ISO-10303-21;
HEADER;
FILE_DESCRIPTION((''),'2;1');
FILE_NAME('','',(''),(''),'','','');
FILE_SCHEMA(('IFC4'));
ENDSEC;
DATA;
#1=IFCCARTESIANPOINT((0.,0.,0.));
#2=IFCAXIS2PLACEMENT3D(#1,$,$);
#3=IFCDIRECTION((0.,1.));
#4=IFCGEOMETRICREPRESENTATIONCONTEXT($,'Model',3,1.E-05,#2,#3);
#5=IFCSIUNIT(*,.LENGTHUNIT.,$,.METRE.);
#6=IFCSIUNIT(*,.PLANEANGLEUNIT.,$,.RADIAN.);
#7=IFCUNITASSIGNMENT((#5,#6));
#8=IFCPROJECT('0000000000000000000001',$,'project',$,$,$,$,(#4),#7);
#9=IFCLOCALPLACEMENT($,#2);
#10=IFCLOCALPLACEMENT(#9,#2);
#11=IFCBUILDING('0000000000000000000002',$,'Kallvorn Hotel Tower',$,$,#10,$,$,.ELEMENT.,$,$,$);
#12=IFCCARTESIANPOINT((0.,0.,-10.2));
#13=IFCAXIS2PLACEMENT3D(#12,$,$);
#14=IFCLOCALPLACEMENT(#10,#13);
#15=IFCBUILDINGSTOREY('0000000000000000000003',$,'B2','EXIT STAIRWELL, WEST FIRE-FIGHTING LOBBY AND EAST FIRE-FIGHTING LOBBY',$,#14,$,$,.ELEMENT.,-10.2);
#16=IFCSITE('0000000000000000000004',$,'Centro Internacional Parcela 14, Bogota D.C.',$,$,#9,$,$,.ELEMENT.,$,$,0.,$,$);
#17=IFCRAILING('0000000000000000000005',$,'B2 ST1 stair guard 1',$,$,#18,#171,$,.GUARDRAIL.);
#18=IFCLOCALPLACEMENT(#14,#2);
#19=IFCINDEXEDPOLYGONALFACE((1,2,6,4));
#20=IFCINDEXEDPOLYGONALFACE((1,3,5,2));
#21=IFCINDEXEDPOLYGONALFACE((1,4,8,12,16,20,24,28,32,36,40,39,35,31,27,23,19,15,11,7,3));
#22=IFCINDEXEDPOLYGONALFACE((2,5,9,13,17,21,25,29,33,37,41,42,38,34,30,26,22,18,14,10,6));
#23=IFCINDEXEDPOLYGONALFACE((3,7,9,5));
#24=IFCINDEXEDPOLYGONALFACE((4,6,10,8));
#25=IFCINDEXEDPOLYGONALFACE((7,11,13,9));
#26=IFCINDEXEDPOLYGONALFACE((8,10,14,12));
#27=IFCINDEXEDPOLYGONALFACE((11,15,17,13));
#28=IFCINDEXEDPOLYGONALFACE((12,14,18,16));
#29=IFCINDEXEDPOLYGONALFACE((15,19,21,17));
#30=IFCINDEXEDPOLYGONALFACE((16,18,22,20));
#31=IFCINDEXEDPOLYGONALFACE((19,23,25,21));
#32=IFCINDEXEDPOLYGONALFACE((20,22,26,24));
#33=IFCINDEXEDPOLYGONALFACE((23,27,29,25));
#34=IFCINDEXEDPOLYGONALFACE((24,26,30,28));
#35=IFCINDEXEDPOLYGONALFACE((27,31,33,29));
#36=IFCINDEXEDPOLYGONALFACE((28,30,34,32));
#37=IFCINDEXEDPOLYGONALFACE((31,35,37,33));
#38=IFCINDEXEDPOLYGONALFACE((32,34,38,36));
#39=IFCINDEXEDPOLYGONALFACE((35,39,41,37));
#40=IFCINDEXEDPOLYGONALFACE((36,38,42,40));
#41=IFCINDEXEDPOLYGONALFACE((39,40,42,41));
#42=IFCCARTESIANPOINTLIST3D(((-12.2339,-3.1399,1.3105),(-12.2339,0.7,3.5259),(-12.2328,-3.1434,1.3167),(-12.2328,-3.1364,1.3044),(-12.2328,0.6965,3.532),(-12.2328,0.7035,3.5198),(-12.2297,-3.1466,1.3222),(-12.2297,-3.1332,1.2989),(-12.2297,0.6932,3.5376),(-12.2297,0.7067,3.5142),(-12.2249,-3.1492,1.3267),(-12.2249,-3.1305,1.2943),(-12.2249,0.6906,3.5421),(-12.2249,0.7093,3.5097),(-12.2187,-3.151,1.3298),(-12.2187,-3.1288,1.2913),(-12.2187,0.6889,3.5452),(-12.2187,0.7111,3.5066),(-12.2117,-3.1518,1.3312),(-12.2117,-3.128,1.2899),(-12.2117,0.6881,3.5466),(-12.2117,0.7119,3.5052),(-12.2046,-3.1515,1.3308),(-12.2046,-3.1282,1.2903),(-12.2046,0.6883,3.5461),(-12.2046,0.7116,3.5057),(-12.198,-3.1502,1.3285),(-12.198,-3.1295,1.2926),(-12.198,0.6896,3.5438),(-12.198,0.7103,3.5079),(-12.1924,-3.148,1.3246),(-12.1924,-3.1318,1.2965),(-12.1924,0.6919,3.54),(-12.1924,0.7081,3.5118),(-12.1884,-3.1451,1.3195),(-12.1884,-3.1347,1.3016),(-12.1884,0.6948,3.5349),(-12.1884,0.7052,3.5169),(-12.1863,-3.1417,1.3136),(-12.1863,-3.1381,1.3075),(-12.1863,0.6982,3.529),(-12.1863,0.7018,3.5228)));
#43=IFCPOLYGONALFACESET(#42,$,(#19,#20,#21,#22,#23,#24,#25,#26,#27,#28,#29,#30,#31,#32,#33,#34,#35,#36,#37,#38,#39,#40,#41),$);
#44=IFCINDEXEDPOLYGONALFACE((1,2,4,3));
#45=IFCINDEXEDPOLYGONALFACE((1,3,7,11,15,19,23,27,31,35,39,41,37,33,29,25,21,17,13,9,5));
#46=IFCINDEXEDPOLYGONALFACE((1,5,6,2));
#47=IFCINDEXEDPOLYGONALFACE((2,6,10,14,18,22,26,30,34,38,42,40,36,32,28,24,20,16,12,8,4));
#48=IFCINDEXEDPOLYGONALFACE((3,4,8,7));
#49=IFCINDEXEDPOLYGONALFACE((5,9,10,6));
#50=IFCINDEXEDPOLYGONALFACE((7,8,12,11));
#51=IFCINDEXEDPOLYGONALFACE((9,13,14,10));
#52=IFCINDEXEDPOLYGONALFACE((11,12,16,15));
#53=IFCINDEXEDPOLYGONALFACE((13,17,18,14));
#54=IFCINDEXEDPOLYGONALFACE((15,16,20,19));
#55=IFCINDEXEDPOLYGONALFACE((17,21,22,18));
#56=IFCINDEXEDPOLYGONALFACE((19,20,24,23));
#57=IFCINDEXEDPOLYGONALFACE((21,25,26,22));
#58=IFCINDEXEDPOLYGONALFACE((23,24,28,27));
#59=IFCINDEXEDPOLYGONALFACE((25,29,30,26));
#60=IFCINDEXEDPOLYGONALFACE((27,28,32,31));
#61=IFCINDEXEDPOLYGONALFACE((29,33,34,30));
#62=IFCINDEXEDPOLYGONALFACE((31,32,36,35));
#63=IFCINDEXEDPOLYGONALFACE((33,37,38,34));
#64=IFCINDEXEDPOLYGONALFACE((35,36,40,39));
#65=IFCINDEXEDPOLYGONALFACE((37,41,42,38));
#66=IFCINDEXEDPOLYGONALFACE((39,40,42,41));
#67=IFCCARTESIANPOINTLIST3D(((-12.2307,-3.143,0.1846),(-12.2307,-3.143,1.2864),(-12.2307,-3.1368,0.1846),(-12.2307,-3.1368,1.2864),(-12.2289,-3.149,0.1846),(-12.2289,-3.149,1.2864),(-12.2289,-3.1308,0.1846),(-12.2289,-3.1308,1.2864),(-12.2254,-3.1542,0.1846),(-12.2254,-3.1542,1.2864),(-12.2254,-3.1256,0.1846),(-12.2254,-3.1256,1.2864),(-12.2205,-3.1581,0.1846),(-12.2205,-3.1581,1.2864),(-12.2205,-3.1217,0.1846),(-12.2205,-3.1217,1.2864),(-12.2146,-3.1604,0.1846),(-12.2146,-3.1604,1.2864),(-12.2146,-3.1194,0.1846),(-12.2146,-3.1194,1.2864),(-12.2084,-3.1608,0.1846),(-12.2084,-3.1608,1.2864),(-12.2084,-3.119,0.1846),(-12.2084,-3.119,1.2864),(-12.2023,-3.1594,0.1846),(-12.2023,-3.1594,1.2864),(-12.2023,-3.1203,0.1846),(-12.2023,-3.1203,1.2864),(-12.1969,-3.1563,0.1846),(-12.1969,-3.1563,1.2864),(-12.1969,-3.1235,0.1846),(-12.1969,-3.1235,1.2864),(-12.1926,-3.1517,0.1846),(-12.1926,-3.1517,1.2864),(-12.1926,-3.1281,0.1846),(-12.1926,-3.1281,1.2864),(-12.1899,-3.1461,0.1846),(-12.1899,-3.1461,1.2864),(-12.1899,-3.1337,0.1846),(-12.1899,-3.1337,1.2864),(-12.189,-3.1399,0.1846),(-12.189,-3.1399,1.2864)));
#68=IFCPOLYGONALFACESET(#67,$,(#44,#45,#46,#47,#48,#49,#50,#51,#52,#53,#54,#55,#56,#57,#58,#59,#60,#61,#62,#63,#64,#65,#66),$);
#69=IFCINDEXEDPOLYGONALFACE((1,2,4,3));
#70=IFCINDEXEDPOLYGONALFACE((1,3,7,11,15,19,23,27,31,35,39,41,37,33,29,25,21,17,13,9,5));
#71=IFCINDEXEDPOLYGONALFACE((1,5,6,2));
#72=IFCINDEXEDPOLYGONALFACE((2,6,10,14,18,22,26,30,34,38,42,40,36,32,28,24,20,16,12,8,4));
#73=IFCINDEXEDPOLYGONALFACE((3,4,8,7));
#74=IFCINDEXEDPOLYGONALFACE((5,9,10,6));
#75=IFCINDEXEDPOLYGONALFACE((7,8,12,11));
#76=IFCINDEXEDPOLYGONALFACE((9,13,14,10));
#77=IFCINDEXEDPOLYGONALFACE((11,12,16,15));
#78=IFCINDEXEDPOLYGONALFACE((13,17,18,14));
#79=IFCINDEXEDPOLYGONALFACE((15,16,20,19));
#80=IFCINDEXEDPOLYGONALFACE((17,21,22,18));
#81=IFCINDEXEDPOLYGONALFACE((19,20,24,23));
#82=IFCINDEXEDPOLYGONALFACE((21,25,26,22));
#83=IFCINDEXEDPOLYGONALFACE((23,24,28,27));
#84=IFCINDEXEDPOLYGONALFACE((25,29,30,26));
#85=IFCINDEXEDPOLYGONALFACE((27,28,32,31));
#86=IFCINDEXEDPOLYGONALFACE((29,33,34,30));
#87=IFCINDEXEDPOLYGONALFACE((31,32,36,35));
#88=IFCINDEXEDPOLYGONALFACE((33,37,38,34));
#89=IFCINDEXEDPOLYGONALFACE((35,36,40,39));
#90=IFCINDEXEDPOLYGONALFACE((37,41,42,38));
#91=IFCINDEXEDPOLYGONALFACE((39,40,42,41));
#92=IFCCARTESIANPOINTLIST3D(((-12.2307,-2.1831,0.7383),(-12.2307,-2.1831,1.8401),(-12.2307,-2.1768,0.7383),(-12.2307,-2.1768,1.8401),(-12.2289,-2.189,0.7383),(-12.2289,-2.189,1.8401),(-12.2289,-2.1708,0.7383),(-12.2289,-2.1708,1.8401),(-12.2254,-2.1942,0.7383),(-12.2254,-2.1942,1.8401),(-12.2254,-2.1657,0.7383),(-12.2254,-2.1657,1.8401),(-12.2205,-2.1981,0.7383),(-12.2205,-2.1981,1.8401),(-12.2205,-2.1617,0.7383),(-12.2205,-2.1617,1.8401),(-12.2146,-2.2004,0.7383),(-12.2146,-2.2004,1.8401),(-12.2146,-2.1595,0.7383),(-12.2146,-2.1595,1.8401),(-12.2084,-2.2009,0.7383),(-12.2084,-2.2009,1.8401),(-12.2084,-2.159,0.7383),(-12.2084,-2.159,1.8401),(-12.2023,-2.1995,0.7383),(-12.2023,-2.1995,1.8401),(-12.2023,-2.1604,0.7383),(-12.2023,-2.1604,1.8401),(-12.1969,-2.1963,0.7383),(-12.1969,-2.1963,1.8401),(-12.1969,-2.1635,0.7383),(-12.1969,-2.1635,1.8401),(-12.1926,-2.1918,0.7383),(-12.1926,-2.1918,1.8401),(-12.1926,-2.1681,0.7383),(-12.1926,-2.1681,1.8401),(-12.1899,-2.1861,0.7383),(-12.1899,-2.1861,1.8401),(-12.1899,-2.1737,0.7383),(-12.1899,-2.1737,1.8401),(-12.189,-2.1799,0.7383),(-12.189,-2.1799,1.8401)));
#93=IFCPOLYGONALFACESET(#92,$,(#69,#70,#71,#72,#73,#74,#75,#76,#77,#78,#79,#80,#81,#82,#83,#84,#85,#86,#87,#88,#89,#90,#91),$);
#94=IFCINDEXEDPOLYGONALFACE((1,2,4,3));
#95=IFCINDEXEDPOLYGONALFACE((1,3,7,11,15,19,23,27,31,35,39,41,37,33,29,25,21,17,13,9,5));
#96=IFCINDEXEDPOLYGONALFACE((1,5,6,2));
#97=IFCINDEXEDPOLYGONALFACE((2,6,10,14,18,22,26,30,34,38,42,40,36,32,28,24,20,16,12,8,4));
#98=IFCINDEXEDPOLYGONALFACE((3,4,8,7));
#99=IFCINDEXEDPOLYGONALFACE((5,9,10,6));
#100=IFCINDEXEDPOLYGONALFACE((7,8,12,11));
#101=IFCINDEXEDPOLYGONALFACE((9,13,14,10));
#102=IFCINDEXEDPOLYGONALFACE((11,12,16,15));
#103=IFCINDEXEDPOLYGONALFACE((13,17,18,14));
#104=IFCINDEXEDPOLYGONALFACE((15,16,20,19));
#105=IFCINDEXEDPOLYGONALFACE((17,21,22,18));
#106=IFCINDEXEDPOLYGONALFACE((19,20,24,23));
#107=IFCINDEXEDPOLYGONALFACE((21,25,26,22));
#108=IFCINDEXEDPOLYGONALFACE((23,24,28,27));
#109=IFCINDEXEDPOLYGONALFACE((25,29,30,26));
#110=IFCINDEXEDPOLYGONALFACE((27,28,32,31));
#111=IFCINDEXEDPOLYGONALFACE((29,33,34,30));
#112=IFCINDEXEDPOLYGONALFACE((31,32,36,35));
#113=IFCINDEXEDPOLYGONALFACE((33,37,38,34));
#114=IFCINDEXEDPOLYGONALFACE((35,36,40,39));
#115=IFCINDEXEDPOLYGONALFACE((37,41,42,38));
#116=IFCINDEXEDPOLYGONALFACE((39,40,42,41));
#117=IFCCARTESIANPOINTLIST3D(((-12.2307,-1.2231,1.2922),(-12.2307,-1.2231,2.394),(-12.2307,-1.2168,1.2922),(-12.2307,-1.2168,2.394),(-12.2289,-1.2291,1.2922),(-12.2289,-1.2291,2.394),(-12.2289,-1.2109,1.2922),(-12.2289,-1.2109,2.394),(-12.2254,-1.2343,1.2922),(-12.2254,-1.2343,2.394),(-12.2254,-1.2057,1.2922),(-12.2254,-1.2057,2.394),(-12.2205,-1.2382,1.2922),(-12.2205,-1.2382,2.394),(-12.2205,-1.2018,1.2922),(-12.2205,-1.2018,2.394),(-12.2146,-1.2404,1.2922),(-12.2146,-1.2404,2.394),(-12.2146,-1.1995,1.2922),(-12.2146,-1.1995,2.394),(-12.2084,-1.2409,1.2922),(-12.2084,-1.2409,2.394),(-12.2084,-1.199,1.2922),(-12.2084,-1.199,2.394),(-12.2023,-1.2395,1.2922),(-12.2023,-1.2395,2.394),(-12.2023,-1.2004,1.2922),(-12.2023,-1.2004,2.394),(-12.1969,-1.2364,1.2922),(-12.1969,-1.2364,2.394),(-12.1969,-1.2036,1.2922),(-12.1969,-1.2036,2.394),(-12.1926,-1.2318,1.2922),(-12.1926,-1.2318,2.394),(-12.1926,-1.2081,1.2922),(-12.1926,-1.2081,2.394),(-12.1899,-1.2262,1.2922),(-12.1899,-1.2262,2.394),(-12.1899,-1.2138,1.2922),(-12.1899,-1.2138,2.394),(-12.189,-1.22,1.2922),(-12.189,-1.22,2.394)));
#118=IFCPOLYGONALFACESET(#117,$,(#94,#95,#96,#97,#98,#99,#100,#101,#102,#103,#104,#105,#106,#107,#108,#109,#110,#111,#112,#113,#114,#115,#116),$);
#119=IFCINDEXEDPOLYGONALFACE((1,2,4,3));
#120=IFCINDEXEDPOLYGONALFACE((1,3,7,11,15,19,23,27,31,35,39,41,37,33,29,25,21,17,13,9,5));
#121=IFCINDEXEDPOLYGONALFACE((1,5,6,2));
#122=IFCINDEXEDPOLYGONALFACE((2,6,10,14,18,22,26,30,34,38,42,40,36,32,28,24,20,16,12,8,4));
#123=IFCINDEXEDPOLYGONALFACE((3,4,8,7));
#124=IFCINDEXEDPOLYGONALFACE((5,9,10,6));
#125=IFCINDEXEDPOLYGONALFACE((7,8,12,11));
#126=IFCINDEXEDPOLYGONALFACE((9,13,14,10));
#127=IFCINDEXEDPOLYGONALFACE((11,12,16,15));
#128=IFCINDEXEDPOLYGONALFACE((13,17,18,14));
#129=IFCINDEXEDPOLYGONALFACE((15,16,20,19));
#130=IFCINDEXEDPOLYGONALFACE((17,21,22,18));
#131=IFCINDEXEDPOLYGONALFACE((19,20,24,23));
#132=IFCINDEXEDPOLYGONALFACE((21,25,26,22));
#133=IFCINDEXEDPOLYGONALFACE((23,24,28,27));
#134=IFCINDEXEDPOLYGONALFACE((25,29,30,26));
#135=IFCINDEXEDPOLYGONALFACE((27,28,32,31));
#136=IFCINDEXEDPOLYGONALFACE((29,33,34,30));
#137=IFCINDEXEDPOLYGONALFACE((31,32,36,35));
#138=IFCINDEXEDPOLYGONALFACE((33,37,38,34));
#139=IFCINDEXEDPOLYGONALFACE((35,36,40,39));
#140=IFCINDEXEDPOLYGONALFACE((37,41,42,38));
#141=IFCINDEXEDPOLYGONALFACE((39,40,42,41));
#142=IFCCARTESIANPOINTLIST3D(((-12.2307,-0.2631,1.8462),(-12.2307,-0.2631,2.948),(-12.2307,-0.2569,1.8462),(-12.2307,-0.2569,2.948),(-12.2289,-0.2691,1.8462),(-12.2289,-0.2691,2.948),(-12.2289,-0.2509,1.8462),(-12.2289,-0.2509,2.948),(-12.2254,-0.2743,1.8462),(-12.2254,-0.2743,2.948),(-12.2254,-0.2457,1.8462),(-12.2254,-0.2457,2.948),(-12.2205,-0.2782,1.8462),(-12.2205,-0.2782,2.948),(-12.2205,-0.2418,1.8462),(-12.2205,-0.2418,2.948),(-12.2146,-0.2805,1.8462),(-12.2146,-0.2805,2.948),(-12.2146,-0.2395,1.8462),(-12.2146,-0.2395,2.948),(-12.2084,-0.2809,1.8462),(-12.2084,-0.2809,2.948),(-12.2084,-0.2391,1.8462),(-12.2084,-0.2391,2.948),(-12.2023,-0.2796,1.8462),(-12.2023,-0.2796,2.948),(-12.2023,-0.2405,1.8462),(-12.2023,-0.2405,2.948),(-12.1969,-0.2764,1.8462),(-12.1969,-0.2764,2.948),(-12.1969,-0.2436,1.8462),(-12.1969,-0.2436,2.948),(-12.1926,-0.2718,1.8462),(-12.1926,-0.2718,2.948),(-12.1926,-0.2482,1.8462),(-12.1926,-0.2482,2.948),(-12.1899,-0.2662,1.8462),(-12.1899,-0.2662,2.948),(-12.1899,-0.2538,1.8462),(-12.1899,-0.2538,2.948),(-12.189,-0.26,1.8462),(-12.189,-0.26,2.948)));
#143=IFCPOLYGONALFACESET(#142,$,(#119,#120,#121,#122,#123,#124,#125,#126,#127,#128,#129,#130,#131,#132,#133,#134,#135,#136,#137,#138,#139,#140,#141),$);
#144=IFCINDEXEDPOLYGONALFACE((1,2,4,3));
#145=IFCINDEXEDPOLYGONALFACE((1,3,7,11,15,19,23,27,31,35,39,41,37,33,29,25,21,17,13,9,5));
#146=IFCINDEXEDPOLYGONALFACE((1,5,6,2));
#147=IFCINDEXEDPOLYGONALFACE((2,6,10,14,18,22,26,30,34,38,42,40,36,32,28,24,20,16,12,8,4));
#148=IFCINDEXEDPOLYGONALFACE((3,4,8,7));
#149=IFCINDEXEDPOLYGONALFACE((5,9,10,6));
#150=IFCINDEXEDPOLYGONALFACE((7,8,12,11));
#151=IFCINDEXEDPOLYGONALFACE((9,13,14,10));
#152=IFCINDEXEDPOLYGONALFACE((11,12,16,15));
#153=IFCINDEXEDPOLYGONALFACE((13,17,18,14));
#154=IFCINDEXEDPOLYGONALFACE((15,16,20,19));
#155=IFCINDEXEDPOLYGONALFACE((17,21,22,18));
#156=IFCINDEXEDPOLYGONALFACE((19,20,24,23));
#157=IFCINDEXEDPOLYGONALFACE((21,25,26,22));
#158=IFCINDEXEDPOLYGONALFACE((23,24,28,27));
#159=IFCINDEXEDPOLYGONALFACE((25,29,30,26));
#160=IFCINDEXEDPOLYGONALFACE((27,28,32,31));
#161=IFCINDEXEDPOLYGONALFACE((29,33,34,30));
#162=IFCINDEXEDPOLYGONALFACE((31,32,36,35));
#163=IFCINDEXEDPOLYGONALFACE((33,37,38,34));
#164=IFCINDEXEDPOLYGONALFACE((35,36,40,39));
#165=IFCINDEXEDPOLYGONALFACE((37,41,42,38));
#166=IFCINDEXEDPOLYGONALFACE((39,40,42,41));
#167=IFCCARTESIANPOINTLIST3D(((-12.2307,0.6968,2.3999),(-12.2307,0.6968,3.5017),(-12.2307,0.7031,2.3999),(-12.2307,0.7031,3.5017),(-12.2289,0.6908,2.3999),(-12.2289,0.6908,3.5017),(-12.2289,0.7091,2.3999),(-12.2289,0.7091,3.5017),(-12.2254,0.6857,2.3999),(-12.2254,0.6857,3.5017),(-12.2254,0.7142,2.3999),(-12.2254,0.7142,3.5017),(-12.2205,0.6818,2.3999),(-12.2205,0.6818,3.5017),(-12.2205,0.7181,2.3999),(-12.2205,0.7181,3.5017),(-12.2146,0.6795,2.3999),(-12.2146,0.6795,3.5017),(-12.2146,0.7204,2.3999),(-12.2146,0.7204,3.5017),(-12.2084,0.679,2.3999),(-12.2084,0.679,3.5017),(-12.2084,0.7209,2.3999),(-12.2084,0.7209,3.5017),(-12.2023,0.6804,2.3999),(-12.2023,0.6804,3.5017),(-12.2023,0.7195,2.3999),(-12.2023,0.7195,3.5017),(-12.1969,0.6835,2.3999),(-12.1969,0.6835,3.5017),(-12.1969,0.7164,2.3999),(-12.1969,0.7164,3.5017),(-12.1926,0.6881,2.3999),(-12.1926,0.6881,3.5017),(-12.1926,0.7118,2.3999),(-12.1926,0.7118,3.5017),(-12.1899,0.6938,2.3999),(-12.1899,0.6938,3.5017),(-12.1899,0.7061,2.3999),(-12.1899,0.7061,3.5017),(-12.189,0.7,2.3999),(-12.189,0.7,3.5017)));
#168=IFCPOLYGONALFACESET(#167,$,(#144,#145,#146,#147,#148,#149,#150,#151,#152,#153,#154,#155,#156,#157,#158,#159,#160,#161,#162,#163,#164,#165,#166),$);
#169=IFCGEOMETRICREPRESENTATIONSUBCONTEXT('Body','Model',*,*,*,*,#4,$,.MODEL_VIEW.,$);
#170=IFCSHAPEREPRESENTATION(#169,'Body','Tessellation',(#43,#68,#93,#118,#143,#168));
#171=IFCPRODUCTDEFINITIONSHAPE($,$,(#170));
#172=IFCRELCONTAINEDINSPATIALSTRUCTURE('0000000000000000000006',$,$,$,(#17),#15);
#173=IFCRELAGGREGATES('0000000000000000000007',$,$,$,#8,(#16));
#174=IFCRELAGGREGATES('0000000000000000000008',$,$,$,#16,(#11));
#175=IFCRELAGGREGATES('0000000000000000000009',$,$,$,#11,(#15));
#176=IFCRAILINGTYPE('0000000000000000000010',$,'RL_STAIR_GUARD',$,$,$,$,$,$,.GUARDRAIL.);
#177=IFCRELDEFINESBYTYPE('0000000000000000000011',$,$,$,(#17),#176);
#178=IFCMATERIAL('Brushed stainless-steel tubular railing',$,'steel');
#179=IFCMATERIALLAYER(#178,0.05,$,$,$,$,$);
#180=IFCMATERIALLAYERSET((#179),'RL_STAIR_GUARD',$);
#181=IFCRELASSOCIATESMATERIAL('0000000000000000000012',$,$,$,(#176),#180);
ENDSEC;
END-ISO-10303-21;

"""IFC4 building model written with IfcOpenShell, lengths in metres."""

from ifc_helpers import new_model, si_unit, direction, frame, origin, origin_2d, place, context, subcontext, project, spatial, circle, extrude, material, layer, layer_set, type_object, element, save


model = new_model("IFC4")

# Units and contexts
model_context = context("Model", 3, precision=1e-05, world=origin(), true_north=direction((0.0, 1.0)))
body_context = subcontext(model_context, "Body", "Model", "MODEL_VIEW")
ifc_project = project(units=[si_unit("LENGTHUNIT", "METRE"), si_unit("PLANEANGLEUNIT", "RADIAN")], contexts=[model_context])

# Site, building, storey
site_placement = place(None, origin())
site = spatial("IfcSite", under=ifc_project, at=site_placement, Name="Centro Internacional Parcela 14, Bogota D.C.", CompositionType="ELEMENT", RefElevation=0.0)
building_placement = place(site_placement, origin())
building = spatial("IfcBuilding", under=site, at=building_placement, Name="Kallvorn Hotel Tower", CompositionType="ELEMENT")
storey_placement = place(building_placement, frame((0.0, 0.0, -10.2)))
storey = spatial("IfcBuildingStorey", under=building, at=storey_placement, Name="B2", Description="EXIT STAIRWELL, WEST FIRE-FIGHTING LOBBY AND EAST FIRE-FIGHTING LOBBY", CompositionType="ELEMENT", Elevation=-10.2)

# Railing
ifc_material_1 = material(Name="Brushed stainless-steel tubular railing", Category="steel")
ifc_layer_1 = layer(ifc_material_1, 0.05)
ifc_layer_set_1 = layer_set([ifc_layer_1], Name="RL_STAIR_GUARD")
railing_type_1 = type_object("IfcRailingType", Name="RL_STAIR_GUARD", PredefinedType="GUARDRAIL", material=ifc_layer_set_1)
railing_1_placement = place(storey_placement, frame((-12.21, -3.1399, 0.1846)))
element("IfcRailing", 1, at=railing_1_placement, inside=storey, type_object=railing_type_1, Name="B2 ST1 stair guard 1", PredefinedType="GUARDRAIL", context=body_context, shape_type="SweptSolid", body=[
    extrude(circle(Radius=0.0239, at=origin_2d()), frame((0.0, 0.0, 1.126), z_axis=(0.0, 0.866182, 0.499729), x_axis=(-1.0, 0.0, 0.0)), (0.0, 0.0, 1.0), 4.4331),
    extrude(circle(Radius=0.021, at=origin_2d()), origin(), (0.0, 0.0, 1.0), 1.1018),
    extrude(circle(Radius=0.021, at=origin_2d()), frame((0.0, 0.96, 0.5537)), (0.0, 0.0, 1.0), 1.1018),
    extrude(circle(Radius=0.021, at=origin_2d()), frame((0.0, 1.9199, 1.1077)), (0.0, 0.0, 1.0), 1.1018),
    extrude(circle(Radius=0.021, at=origin_2d()), frame((0.0, 2.8799, 1.6616)), (0.0, 0.0, 1.0), 1.1018),
    extrude(circle(Radius=0.021, at=origin_2d()), frame((0.0, 3.8398, 2.2153)), (0.0, 0.0, 1.0), 1.1018),
])

save(model, "model.ifc")
